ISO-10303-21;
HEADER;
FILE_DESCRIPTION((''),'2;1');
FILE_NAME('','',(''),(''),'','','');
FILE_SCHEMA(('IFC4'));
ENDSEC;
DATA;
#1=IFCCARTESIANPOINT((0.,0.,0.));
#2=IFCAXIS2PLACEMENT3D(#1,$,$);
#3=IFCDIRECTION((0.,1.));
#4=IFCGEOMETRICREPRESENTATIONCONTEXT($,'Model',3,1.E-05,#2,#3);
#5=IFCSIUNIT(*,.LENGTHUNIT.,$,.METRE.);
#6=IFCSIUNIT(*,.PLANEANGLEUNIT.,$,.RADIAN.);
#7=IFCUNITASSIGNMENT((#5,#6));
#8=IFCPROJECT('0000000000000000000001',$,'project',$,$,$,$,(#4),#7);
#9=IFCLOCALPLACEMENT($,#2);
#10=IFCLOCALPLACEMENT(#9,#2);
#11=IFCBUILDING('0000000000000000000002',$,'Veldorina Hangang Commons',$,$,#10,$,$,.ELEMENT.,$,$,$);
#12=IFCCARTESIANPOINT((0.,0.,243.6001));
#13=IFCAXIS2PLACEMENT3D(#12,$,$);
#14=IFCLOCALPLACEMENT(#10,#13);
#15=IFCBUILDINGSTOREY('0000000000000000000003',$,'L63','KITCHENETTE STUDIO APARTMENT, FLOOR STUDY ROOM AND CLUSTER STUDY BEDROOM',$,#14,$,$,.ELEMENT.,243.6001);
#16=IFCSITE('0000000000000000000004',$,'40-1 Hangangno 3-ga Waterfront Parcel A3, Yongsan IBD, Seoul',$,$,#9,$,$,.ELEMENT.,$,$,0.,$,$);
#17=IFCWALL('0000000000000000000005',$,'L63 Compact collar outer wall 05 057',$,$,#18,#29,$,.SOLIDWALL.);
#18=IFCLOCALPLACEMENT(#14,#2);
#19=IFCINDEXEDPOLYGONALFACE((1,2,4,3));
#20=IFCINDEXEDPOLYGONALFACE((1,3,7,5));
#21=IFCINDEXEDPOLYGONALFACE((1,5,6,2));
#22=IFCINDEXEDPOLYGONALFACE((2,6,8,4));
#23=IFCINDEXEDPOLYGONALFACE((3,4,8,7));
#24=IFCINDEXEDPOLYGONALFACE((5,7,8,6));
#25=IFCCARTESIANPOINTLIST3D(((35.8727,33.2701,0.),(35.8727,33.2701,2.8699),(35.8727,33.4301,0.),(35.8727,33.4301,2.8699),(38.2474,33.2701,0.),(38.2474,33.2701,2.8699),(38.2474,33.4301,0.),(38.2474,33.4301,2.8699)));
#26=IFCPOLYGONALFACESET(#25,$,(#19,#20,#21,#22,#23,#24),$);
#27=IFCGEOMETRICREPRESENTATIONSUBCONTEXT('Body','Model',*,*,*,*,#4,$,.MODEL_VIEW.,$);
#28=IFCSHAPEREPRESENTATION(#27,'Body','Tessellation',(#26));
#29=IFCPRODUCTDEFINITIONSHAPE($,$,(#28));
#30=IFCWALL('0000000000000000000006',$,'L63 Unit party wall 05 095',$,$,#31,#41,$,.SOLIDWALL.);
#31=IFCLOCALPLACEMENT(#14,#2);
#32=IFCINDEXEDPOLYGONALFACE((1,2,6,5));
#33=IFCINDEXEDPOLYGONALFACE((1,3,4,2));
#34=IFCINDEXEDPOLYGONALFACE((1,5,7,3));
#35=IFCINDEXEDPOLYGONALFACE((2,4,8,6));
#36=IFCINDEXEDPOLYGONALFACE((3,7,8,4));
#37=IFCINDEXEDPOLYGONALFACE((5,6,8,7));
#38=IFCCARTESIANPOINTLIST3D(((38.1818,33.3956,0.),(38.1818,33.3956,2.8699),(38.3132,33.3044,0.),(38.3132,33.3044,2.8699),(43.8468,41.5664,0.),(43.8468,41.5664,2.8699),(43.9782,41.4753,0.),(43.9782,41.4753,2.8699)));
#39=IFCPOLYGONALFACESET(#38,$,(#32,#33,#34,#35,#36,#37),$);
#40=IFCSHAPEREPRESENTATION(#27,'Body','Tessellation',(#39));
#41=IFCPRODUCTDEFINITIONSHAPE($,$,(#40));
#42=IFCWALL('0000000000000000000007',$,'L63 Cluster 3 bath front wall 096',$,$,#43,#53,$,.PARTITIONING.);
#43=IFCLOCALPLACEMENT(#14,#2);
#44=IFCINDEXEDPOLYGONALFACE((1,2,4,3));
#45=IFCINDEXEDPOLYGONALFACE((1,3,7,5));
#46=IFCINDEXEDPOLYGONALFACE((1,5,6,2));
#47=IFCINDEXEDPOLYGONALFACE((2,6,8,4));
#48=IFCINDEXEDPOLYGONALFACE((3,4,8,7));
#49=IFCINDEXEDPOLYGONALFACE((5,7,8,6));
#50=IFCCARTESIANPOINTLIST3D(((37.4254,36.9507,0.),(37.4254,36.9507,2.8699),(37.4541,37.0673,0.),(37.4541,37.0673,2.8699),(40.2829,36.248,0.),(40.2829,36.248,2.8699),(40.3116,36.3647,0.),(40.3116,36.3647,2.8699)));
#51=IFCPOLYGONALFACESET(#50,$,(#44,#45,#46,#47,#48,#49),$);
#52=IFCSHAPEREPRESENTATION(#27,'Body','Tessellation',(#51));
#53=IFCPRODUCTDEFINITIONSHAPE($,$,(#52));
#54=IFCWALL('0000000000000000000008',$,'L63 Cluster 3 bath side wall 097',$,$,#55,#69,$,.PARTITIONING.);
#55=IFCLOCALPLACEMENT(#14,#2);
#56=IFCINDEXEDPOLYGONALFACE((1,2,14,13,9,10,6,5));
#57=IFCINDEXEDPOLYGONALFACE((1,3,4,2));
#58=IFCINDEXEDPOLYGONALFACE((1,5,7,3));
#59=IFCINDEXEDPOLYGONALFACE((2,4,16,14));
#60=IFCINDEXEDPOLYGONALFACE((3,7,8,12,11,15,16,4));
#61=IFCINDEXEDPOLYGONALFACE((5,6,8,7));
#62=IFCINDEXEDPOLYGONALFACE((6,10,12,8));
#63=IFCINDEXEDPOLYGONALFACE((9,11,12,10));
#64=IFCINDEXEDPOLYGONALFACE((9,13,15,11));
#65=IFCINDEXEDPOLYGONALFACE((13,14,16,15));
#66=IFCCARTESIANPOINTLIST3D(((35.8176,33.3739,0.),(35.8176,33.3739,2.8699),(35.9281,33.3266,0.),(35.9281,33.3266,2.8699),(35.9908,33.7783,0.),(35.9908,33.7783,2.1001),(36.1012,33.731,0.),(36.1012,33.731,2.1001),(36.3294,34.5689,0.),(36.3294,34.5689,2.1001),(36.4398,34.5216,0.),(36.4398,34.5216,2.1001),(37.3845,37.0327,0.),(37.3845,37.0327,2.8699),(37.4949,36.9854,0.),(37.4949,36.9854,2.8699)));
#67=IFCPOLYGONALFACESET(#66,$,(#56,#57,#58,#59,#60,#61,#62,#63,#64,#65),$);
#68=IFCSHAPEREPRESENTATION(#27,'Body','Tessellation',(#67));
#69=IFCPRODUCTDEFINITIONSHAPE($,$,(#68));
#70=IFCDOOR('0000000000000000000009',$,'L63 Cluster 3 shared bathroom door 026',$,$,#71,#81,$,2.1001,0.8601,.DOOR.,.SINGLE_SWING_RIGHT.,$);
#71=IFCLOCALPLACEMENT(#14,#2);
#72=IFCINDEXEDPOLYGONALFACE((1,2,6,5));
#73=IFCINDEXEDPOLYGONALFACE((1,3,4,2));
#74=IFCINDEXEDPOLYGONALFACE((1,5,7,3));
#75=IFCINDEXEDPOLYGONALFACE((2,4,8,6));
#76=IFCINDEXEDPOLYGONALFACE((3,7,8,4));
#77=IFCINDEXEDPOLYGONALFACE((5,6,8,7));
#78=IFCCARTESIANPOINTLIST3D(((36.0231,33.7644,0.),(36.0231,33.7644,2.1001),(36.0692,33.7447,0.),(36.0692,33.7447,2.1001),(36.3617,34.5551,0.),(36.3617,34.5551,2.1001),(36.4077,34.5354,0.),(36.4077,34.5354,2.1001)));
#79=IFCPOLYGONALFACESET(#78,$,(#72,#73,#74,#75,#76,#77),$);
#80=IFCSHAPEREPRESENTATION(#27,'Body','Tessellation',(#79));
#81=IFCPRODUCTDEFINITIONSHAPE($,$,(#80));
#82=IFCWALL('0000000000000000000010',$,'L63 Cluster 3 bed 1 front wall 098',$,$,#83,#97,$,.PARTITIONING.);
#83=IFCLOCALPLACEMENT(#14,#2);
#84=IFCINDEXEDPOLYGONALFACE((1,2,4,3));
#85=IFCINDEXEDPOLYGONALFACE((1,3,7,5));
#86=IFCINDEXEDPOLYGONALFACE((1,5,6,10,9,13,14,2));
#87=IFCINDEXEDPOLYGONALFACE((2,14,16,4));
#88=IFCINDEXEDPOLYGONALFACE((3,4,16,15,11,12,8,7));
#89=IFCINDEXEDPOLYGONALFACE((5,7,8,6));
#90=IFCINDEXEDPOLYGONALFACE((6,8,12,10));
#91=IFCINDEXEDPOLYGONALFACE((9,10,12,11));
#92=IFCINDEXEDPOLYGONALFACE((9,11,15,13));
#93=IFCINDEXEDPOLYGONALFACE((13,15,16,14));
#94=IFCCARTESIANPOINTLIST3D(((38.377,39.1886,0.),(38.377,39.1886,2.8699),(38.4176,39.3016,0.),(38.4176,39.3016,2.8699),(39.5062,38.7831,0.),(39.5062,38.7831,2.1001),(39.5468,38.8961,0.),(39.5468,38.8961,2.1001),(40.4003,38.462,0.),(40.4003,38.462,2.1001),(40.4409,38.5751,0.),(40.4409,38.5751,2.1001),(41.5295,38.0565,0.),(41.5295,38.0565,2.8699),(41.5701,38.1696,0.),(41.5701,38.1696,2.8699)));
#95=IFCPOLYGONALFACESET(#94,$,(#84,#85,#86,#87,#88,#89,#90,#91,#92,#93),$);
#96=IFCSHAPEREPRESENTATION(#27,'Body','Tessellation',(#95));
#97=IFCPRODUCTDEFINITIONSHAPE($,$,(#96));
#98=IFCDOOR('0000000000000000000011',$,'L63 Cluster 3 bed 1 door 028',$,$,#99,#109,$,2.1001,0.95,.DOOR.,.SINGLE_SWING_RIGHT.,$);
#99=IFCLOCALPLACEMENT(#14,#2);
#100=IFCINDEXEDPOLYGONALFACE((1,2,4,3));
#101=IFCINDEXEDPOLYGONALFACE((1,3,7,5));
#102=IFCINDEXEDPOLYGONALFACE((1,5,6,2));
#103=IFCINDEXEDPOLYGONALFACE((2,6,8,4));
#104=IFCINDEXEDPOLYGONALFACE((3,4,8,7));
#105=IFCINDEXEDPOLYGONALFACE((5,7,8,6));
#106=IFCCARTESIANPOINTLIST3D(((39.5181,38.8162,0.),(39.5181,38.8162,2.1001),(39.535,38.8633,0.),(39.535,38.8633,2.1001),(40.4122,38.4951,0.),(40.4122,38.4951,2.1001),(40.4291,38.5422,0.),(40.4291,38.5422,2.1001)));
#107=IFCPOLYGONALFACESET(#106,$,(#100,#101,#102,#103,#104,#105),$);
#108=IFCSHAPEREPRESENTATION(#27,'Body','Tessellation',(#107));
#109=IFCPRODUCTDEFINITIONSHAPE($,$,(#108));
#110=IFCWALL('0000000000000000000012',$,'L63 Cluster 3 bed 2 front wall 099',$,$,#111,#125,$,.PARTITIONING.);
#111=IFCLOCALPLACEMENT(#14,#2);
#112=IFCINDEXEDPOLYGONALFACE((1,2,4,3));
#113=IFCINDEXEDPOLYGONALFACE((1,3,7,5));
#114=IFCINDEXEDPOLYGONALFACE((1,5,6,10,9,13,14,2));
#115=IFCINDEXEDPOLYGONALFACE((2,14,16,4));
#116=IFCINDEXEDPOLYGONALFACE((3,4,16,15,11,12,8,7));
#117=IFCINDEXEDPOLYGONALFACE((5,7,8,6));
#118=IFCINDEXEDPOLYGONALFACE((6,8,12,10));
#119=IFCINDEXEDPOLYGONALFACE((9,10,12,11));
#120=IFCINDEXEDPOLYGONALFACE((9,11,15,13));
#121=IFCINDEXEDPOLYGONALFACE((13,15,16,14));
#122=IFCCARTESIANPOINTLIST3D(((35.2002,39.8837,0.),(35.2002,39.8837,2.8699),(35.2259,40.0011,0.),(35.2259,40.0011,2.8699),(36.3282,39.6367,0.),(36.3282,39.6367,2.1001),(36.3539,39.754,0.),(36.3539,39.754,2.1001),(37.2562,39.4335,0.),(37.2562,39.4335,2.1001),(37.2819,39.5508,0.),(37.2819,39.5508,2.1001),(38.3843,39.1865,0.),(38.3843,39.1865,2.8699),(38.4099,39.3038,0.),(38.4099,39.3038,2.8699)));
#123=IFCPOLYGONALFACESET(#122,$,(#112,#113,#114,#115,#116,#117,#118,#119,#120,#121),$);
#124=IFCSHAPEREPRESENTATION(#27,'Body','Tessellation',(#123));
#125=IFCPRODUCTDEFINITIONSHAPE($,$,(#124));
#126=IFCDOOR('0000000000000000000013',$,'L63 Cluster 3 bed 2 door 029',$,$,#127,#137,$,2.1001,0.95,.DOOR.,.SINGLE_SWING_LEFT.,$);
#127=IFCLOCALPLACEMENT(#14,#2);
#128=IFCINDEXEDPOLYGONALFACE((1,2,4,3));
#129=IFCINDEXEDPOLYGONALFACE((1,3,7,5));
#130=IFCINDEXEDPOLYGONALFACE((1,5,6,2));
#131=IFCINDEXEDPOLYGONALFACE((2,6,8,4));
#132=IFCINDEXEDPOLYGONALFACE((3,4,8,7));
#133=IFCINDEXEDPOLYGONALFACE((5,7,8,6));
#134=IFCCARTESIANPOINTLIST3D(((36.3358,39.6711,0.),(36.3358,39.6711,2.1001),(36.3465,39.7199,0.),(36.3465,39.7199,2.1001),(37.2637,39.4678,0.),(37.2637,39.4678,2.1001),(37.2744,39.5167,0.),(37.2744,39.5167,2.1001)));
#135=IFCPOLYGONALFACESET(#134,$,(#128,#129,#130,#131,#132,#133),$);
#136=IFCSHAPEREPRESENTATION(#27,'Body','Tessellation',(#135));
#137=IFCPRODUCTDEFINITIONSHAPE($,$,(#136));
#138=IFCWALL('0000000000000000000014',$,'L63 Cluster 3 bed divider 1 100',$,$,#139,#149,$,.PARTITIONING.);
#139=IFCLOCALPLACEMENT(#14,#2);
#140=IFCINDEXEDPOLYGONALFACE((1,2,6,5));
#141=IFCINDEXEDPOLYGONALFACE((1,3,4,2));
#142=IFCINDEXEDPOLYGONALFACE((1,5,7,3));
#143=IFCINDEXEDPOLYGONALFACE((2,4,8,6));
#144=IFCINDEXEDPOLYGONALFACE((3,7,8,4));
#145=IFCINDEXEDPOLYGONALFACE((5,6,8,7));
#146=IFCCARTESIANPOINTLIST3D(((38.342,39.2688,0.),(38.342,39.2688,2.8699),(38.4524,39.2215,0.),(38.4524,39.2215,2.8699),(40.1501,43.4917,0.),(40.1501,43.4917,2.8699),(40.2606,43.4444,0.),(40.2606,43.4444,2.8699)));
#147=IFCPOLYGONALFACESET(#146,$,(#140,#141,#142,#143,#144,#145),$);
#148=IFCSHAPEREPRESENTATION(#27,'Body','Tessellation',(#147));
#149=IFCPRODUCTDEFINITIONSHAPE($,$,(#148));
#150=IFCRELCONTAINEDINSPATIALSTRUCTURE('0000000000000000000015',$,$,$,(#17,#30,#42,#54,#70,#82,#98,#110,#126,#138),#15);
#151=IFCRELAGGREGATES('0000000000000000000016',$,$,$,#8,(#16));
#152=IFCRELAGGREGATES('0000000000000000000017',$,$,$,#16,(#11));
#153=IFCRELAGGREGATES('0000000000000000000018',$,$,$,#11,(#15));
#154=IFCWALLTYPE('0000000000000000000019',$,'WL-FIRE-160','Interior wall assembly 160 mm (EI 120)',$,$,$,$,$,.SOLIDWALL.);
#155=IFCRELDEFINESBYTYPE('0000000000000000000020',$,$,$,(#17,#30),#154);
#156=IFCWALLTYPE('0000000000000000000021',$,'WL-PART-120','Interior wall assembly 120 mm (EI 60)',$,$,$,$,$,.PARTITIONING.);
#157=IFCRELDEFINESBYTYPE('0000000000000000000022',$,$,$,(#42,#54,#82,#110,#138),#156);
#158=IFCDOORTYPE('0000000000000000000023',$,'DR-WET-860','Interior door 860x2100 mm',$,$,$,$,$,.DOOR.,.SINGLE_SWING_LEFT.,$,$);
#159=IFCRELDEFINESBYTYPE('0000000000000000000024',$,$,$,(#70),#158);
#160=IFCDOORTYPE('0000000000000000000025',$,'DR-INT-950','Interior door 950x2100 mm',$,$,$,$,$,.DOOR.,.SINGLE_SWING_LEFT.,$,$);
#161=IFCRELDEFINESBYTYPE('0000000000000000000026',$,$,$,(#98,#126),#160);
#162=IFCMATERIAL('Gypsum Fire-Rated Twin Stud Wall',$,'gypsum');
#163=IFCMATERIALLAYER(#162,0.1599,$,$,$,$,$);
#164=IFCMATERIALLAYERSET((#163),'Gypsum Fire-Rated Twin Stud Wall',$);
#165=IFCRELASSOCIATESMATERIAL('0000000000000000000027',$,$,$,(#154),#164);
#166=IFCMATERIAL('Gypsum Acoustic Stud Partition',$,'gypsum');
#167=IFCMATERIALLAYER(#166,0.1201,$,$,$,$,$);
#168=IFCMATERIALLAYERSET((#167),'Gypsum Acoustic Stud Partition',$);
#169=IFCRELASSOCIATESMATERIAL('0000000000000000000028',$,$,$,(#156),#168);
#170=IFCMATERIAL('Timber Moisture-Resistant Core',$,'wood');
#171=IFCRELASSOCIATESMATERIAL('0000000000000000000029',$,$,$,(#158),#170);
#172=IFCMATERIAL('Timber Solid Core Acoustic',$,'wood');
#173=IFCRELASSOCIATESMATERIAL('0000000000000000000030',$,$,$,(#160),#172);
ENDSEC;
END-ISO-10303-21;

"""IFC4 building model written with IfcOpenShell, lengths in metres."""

from ifc_helpers import new_model, si_unit, direction, frame, frame_2d, origin, place, context, subcontext, project, spatial, rectangle, extrude, material, layer, layer_set, type_object, element, fill, save


model = new_model("IFC4")

# Units and contexts
model_context = context("Model", 3, precision=1e-05, world=origin(), true_north=direction((0.0, 1.0)))
body_context = subcontext(model_context, "Body", "Model", "MODEL_VIEW")
ifc_project = project(units=[si_unit("LENGTHUNIT", "METRE"), si_unit("PLANEANGLEUNIT", "RADIAN")], contexts=[model_context])

# Site, building, storey
site_placement = place(None, origin())
site = spatial("IfcSite", under=ifc_project, at=site_placement, Name="40-1 Hangangno 3-ga Waterfront Parcel A3, Yongsan IBD, Seoul", CompositionType="ELEMENT", RefElevation=0.0)
building_placement = place(site_placement, origin())
building = spatial("IfcBuilding", under=site, at=building_placement, Name="Veldorina Hangang Commons", CompositionType="ELEMENT")
storey_placement = place(building_placement, frame((0.0, 0.0, 243.6001)))
storey = spatial("IfcBuildingStorey", under=building, at=storey_placement, Name="L63", Description="KITCHENETTE STUDIO APARTMENT, FLOOR STUDY ROOM AND CLUSTER STUDY BEDROOM", CompositionType="ELEMENT", Elevation=243.6001)

# Walls
ifc_material_1 = material(Name="Gypsum Fire-Rated Twin Stud Wall", Category="gypsum")
ifc_layer_1 = layer(ifc_material_1, 0.1599)
ifc_layer_set_1 = layer_set([ifc_layer_1], Name="Gypsum Fire-Rated Twin Stud Wall")
wall_type_1 = type_object("IfcWallType", Name="WL-FIRE-160", Description="Interior wall assembly 160 mm (EI 120)", PredefinedType="SOLIDWALL", material=ifc_layer_set_1)
wall_1_placement = place(storey_placement, frame((38.2476, 33.3501, 0.0), z_axis=(0.0, 0.0, 1.0), x_axis=(-1.0, 0.0, 0.0)))
element("IfcWall", 1, at=wall_1_placement, inside=storey, type_object=wall_type_1, Name="L63 Compact collar outer wall 05 057", PredefinedType="SOLIDWALL", context=body_context, shape_type="SweptSolid", body=[
    extrude(rectangle(XDim=2.3748, YDim=0.1599, at=frame_2d((1.1875, 0.0))), origin(), (0.0, 0.0, 1.0), 2.8699),
])
wall_2_placement = place(storey_placement, frame((38.2476, 33.3501, 0.0), z_axis=(0.0, 0.0, 1.0), x_axis=(0.569772, 0.821803, 0.0)))
element("IfcWall", 2, at=wall_2_placement, inside=storey, type_object=wall_type_1, Name="L63 Unit party wall 05 095", PredefinedType="SOLIDWALL", context=body_context, shape_type="SweptSolid", body=[
    extrude(rectangle(XDim=9.9426, YDim=0.1599, at=frame_2d((4.9712, 0.0))), origin(), (0.0, 0.0, 1.0), 2.8699),
])
ifc_material_2 = material(Name="Gypsum Acoustic Stud Partition", Category="gypsum")
ifc_layer_2 = layer(ifc_material_2, 0.1201)
ifc_layer_set_2 = layer_set([ifc_layer_2], Name="Gypsum Acoustic Stud Partition")
wall_type_2 = type_object("IfcWallType", Name="WL-PART-120", Description="Interior wall assembly 120 mm (EI 60)", PredefinedType="PARTITIONING", material=ifc_layer_set_2)
wall_3_placement = place(storey_placement, frame((40.2971, 36.3064, 0.0), z_axis=(0.0, 0.0, 1.0), x_axis=(-0.971072, 0.238786, 0.0)))
element("IfcWall", 3, at=wall_3_placement, inside=storey, type_object=wall_type_2, Name="L63 Cluster 3 bath front wall 096", PredefinedType="PARTITIONING", context=body_context, shape_type="SweptSolid", body=[
    extrude(rectangle(XDim=2.9426, YDim=0.1201, at=frame_2d((1.4712, 0.0))), origin(), (0.0, 0.0, 1.0), 2.8699),
])

# Walls, openings, doors
wall_4_placement = place(storey_placement, frame((35.8728, 33.3501, 0.0), z_axis=(0.0, 0.0, 1.0), x_axis=(0.39366, 0.919256, 0.0)))
wall_4 = element("IfcWall", 4, at=wall_4_placement, inside=storey, type_object=wall_type_2, Name="L63 Cluster 3 bath side wall 097", PredefinedType="PARTITIONING", context=body_context, shape_type="SweptSolid", body=[
    extrude(rectangle(XDim=3.9802, YDim=0.1201, at=frame_2d((1.9902, 0.0))), origin(), (0.0, 0.0, 1.0), 2.8699),
])
opening_1_placement = place(wall_4_placement, frame((0.4399, 0.0, 0.0)))
opening_1 = element("IfcOpeningElement", 5, at=opening_1_placement, cuts=wall_4, PredefinedType="OPENING", context=body_context, shape_type="SweptSolid", body=[
    extrude(rectangle(XDim=0.8601, YDim=2.1001, at=frame_2d((0.4302, 1.05))), frame((0.0, 0.0701, 0.0), z_axis=(0.0, -1.0, 0.0), x_axis=(1.0, 0.0, 0.0)), (0.0, 0.0, 1.0), 0.1401),
])
ifc_material_3 = material(Name="Timber Moisture-Resistant Core", Category="wood")
door_type_1 = type_object("IfcDoorType", Name="DR-WET-860", Description="Interior door 860x2100 mm", OperationType="SINGLE_SWING_LEFT", PredefinedType="DOOR", material=ifc_material_3)
door_1_placement = place(opening_1_placement, origin())
door_1 = element("IfcDoor", 6, at=door_1_placement, inside=storey, type_object=door_type_1, Name="L63 Cluster 3 shared bathroom door 026", OperationType="SINGLE_SWING_RIGHT", OverallHeight=2.1001, OverallWidth=0.8601, PredefinedType="DOOR", context=body_context, shape_type="SweptSolid", body=[
    extrude(rectangle(XDim=0.8601, YDim=2.1001, at=frame_2d((0.4302, 1.05))), frame((0.0, 0.0249, 0.0), z_axis=(0.0, -1.0, 0.0), x_axis=(1.0, 0.0, 0.0)), (0.0, 0.0, 1.0), 0.05),
])
fill(opening_1, door_1)
wall_5_placement = place(storey_placement, frame((41.5498, 38.113, 0.0), z_axis=(0.0, 0.0, 1.0), x_axis=(-0.941158, 0.337966, 0.0)))
wall_5 = element("IfcWall", 7, at=wall_5_placement, inside=storey, type_object=wall_type_2, Name="L63 Cluster 3 bed 1 front wall 098", PredefinedType="PARTITIONING", context=body_context, shape_type="SweptSolid", body=[
    extrude(rectangle(XDim=3.3496, YDim=0.1201, at=frame_2d((1.6748, 0.0))), origin(), (0.0, 0.0, 1.0), 2.8699),
])
opening_2_placement = place(wall_5_placement, frame((1.1997, 0.0, 0.0)))
opening_2 = element("IfcOpeningElement", 8, at=opening_2_placement, cuts=wall_5, PredefinedType="OPENING", context=body_context, shape_type="SweptSolid", body=[
    extrude(rectangle(XDim=0.95, YDim=2.1001, at=frame_2d((0.4751, 1.05))), frame((0.0, 0.0701, 0.0), z_axis=(0.0, -1.0, 0.0), x_axis=(1.0, 0.0, 0.0)), (0.0, 0.0, 1.0), 0.1401),
])
ifc_material_4 = material(Name="Timber Solid Core Acoustic", Category="wood")
door_type_2 = type_object("IfcDoorType", Name="DR-INT-950", Description="Interior door 950x2100 mm", OperationType="SINGLE_SWING_LEFT", PredefinedType="DOOR", material=ifc_material_4)
door_2_placement = place(opening_2_placement, origin())
door_2 = element("IfcDoor", 9, at=door_2_placement, inside=storey, type_object=door_type_2, Name="L63 Cluster 3 bed 1 door 028", OperationType="SINGLE_SWING_RIGHT", OverallHeight=2.1001, OverallWidth=0.95, PredefinedType="DOOR", context=body_context, shape_type="SweptSolid", body=[
    extrude(rectangle(XDim=0.95, YDim=2.1001, at=frame_2d((0.4751, 1.05))), frame((0.0, 0.0249, 0.0), z_axis=(0.0, -1.0, 0.0), x_axis=(1.0, 0.0, 0.0)), (0.0, 0.0, 1.0), 0.05),
])
fill(opening_2, door_2)
wall_6_placement = place(storey_placement, frame((38.3972, 39.2451, 0.0), z_axis=(0.0, 0.0, 1.0), x_axis=(-0.976852, 0.213916, 0.0)))
wall_6 = element("IfcWall", 10, at=wall_6_placement, inside=storey, type_object=wall_type_2, Name="L63 Cluster 3 bed 2 front wall 099", PredefinedType="PARTITIONING", context=body_context, shape_type="SweptSolid", body=[
    extrude(rectangle(XDim=3.2595, YDim=0.1201, at=frame_2d((1.6299, 0.0))), origin(), (0.0, 0.0, 1.0), 2.8699),
])
opening_3_placement = place(wall_6_placement, frame((1.1548, 0.0, 0.0)))
opening_3 = element("IfcOpeningElement", 11, at=opening_3_placement, cuts=wall_6, PredefinedType="OPENING", context=body_context, shape_type="SweptSolid", body=[
    extrude(rectangle(XDim=0.95, YDim=2.1001, at=frame_2d((0.4751, 1.05))), frame((0.0, 0.0701, 0.0), z_axis=(0.0, -1.0, 0.0), x_axis=(1.0, 0.0, 0.0)), (0.0, 0.0, 1.0), 0.1401),
])
door_3_placement = place(opening_3_placement, origin())
door_3 = element("IfcDoor", 12, at=door_3_placement, inside=storey, type_object=door_type_2, Name="L63 Cluster 3 bed 2 door 029", OperationType="SINGLE_SWING_LEFT", OverallHeight=2.1001, OverallWidth=0.95, PredefinedType="DOOR", context=body_context, shape_type="SweptSolid", body=[
    extrude(rectangle(XDim=0.95, YDim=2.1001, at=frame_2d((0.4751, 1.05))), frame((0.0, 0.0249, 0.0), z_axis=(0.0, -1.0, 0.0), x_axis=(1.0, 0.0, 0.0)), (0.0, 0.0, 1.0), 0.05),
])
fill(opening_3, door_3)

# Wall
wall_7_placement = place(storey_placement, frame((38.3972, 39.2451, 0.0), z_axis=(0.0, 0.0, 1.0), x_axis=(0.393605, 0.91928, 0.0)))
element("IfcWall", 13, at=wall_7_placement, inside=storey, type_object=wall_type_2, Name="L63 Cluster 3 bed divider 1 100", PredefinedType="PARTITIONING", context=body_context, shape_type="SweptSolid", body=[
    extrude(rectangle(XDim=4.5938, YDim=0.1201, at=frame_2d((2.2969, 0.0))), origin(), (0.0, 0.0, 1.0), 2.8699),
])

save(model, "model.ifc")
